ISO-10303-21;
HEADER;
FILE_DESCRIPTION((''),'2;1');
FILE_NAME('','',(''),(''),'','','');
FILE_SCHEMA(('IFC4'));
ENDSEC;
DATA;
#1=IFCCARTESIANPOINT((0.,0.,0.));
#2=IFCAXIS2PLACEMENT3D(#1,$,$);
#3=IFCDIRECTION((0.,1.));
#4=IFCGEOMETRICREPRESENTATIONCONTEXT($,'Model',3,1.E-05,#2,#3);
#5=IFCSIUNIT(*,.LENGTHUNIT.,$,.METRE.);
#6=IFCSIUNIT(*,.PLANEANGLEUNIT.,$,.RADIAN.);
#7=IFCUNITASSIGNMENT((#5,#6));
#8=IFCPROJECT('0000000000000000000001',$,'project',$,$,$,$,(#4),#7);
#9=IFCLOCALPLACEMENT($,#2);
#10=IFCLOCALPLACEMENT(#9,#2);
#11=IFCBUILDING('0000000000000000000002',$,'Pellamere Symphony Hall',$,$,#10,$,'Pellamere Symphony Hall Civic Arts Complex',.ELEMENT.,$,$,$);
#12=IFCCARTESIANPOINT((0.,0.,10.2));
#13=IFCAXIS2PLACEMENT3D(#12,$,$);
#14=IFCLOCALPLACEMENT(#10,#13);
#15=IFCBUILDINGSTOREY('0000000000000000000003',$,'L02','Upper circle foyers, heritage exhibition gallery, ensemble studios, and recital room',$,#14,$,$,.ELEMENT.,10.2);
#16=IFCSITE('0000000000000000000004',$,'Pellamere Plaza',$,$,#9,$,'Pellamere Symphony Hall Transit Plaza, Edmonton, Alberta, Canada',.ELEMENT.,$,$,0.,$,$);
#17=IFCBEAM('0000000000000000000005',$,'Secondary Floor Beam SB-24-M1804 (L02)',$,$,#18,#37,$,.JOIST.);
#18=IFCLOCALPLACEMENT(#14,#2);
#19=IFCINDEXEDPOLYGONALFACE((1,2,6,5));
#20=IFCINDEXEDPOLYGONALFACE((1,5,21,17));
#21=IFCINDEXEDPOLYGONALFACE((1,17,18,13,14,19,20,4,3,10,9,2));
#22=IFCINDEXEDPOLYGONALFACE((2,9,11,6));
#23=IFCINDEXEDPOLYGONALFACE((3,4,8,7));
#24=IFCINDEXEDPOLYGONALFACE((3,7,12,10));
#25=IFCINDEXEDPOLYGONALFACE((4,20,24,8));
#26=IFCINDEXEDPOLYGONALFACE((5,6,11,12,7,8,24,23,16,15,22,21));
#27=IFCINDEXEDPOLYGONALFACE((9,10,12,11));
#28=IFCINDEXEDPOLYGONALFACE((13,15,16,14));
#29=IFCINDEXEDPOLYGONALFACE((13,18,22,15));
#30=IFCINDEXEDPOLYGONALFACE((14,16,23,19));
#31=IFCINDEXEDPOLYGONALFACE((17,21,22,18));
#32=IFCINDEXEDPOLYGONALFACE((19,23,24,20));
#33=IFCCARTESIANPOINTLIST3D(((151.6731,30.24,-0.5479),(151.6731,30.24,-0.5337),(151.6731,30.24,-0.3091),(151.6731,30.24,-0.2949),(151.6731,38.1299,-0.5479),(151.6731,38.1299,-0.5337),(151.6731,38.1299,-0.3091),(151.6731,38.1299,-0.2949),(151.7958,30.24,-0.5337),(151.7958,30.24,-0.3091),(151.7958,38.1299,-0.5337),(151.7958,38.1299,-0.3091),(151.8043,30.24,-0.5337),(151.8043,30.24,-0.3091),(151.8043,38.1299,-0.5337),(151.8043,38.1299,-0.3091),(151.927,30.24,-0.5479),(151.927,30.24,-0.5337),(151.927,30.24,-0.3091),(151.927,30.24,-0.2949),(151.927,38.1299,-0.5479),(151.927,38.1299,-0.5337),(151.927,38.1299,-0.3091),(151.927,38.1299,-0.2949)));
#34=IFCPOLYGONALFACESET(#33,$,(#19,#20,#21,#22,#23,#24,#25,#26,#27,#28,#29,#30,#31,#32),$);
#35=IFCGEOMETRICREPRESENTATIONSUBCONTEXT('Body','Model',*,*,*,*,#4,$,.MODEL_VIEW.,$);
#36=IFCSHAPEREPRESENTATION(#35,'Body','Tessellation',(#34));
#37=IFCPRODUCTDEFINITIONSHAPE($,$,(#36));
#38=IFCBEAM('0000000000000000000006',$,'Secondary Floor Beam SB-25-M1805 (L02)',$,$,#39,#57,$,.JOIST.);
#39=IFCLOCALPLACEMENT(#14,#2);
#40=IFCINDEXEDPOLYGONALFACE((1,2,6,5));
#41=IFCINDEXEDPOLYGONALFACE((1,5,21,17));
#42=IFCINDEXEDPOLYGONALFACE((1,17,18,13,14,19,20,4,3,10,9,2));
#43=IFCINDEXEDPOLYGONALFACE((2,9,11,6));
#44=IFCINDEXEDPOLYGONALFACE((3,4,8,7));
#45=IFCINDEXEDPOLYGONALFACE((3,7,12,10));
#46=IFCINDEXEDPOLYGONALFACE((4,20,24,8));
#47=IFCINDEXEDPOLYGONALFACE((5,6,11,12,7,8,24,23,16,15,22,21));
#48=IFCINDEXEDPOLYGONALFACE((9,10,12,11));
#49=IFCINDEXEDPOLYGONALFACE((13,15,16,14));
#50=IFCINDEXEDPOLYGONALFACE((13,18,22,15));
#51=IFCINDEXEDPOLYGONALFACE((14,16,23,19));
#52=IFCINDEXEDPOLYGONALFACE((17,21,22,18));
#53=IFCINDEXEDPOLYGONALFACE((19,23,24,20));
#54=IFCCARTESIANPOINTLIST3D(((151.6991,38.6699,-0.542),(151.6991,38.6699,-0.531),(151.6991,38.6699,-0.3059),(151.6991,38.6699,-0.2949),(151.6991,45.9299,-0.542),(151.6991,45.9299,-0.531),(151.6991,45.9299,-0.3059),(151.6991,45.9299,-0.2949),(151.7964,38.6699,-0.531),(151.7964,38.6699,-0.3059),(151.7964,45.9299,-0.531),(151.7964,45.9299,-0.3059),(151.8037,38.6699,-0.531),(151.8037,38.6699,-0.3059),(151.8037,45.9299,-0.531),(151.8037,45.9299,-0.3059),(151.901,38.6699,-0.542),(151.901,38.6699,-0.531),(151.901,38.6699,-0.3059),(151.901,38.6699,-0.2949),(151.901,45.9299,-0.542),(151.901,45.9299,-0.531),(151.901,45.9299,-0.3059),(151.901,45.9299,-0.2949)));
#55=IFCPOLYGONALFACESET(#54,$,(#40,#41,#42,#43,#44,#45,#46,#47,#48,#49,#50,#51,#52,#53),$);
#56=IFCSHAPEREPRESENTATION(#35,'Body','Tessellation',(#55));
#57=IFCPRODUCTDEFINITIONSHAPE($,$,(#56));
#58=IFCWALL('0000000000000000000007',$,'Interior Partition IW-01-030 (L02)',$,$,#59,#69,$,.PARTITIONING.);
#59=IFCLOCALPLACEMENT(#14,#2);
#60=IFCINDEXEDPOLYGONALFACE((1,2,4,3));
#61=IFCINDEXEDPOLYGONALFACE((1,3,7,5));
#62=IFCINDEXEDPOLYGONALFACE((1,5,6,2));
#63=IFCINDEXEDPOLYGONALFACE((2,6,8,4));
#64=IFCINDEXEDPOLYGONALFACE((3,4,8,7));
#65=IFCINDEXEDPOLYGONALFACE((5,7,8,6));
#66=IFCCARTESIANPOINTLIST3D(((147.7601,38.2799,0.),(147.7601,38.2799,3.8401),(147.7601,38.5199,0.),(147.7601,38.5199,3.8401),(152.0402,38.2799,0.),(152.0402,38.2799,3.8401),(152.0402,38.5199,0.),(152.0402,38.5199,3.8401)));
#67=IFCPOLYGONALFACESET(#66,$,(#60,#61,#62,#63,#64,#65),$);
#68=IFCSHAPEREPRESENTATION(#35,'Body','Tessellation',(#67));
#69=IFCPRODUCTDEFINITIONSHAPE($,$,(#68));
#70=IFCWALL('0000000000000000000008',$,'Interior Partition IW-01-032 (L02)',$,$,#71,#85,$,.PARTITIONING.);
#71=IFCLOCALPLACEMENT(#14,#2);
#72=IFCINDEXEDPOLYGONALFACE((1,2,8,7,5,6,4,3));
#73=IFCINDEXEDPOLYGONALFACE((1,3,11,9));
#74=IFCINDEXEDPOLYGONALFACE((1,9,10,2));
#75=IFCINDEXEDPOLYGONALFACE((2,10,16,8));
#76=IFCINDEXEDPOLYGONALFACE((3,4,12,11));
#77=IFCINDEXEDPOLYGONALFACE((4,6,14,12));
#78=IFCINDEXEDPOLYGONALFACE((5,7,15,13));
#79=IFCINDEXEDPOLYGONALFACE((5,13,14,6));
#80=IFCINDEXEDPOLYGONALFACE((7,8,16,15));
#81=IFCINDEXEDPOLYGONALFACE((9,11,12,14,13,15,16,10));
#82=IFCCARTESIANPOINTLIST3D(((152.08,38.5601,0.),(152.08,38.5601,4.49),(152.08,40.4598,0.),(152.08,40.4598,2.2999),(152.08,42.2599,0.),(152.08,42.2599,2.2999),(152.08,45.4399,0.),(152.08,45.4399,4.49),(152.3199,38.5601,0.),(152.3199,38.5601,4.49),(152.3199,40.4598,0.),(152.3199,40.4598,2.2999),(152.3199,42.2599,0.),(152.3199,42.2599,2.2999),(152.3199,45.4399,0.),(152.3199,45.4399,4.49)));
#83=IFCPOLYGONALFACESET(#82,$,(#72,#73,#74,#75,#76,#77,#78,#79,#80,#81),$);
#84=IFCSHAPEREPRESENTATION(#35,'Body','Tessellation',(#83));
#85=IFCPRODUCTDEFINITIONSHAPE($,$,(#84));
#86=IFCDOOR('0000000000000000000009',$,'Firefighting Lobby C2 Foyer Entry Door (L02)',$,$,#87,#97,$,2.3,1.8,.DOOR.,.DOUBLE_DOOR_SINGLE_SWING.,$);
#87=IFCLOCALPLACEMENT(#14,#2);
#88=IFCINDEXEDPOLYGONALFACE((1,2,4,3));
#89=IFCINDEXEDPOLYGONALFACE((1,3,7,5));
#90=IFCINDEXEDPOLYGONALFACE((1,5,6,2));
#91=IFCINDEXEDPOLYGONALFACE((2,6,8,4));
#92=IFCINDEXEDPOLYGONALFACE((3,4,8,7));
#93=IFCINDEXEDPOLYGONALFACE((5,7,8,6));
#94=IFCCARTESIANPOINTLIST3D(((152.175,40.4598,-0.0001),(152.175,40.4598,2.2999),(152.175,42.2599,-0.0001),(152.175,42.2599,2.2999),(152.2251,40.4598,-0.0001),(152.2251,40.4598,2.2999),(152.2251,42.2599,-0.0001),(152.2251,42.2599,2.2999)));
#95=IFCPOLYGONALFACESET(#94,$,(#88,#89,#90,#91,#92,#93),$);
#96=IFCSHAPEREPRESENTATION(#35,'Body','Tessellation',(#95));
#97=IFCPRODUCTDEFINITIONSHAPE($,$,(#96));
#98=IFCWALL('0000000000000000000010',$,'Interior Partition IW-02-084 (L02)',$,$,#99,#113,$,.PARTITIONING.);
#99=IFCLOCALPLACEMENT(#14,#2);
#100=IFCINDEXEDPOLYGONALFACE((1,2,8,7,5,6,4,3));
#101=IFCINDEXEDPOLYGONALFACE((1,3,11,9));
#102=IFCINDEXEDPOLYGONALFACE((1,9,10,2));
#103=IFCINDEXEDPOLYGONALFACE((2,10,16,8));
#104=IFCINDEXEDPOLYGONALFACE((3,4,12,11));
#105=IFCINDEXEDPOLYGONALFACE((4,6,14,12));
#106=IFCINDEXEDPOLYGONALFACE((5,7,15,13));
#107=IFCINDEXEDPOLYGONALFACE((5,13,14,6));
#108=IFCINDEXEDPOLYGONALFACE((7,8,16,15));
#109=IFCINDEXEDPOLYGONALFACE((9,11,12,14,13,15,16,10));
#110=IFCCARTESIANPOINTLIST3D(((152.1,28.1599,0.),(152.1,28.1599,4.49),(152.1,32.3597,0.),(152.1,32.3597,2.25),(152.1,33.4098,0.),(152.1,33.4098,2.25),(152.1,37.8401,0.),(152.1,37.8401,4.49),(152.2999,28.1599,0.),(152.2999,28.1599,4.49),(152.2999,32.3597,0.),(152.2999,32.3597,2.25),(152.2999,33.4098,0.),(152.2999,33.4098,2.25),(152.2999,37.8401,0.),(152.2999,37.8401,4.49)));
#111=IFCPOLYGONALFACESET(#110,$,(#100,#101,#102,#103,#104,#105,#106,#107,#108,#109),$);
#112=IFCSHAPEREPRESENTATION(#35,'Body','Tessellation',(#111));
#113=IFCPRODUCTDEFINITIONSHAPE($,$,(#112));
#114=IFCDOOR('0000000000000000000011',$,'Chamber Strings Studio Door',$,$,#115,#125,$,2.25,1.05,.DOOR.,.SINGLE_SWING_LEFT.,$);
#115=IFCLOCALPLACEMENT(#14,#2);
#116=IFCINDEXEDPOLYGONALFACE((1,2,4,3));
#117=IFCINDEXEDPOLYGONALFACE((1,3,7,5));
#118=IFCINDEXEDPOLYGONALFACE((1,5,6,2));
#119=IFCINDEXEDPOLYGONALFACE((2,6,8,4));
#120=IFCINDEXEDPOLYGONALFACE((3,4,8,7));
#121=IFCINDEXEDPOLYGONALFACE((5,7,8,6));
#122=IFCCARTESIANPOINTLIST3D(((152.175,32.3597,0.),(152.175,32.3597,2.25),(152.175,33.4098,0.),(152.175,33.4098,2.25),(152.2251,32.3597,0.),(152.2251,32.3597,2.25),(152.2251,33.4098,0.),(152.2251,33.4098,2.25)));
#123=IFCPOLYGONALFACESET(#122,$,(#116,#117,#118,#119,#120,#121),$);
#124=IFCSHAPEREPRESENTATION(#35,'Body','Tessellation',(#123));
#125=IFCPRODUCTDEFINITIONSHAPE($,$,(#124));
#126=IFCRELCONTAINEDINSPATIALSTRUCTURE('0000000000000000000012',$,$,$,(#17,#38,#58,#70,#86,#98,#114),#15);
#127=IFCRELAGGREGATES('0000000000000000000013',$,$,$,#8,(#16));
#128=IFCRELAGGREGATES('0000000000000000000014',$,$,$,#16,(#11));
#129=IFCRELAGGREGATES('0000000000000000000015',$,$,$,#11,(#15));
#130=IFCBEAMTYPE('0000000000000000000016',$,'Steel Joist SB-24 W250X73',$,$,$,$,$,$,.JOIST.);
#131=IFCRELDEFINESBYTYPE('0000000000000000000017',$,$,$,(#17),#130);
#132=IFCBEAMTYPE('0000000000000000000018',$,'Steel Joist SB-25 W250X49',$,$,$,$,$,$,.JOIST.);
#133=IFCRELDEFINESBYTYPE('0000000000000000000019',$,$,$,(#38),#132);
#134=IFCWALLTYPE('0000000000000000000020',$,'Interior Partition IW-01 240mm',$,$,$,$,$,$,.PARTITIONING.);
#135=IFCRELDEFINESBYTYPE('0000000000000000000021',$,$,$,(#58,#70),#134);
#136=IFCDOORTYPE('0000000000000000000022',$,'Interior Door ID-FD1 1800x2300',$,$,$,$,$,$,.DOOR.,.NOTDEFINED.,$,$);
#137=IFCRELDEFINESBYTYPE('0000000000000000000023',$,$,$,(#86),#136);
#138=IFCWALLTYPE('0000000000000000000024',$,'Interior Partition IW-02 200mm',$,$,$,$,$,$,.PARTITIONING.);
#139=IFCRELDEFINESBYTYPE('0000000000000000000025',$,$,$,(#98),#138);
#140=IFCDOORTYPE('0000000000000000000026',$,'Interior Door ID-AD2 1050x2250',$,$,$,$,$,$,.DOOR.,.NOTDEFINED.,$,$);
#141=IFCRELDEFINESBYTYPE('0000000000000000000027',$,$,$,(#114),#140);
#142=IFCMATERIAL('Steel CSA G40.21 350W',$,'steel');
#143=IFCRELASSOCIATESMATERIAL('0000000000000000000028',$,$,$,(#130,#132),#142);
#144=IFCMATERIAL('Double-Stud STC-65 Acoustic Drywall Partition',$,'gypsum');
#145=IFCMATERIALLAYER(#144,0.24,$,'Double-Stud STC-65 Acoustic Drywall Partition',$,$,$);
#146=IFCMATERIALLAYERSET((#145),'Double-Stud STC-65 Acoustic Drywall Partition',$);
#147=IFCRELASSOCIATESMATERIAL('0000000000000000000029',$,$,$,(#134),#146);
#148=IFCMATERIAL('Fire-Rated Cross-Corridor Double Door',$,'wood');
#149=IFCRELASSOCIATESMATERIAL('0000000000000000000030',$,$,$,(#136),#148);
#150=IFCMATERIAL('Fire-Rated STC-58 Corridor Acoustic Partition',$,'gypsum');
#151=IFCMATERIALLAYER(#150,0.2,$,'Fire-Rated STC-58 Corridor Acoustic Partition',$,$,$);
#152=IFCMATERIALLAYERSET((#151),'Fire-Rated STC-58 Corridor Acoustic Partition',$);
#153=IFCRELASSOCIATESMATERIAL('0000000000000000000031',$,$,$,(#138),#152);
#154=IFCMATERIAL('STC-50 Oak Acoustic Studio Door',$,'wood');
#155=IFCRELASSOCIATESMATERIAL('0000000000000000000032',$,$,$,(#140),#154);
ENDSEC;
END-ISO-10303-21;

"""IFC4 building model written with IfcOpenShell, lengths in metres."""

from ifc_helpers import new_model, si_unit, direction, frame, frame_2d, origin, origin_2d, place, context, subcontext, project, spatial, rectangle, i_section, extrude, material, layer, layer_set, material_profile, profile_set, type_object, element, fill, save


model = new_model("IFC4")

# Units and contexts
model_context = context("Model", 3, precision=1e-05, world=origin(), true_north=direction((0.0, 1.0)))
body_context = subcontext(model_context, "Body", "Model", "MODEL_VIEW")
ifc_project = project(units=[si_unit("LENGTHUNIT", "METRE"), si_unit("PLANEANGLEUNIT", "RADIAN")], contexts=[model_context])

# Site, building, storey
site_placement = place(None, origin())
site = spatial("IfcSite", under=ifc_project, at=site_placement, Name="Pellamere Plaza", LongName="Pellamere Symphony Hall Transit Plaza, Edmonton, Alberta, Canada", CompositionType="ELEMENT", RefElevation=0.0)
building_placement = place(site_placement, origin())
building = spatial("IfcBuilding", under=site, at=building_placement, Name="Pellamere Symphony Hall", LongName="Pellamere Symphony Hall Civic Arts Complex", CompositionType="ELEMENT")
storey_placement = place(building_placement, frame((0.0, 0.0, 10.2)))
storey = spatial("IfcBuildingStorey", under=building, at=storey_placement, Name="L02", Description="Upper circle foyers, heritage exhibition gallery, ensemble studios, and recital room", CompositionType="ELEMENT", Elevation=10.2)

# Beams
ifc_material_1 = material(Name="Steel CSA G40.21 350W", Category="steel")
ifc_material_profile_1 = material_profile(ifc_material_1, i_section(OverallWidth=0.2539, OverallDepth=0.2529, WebThickness=0.0085, FlangeThickness=0.0142, at=origin_2d()), Name="W250X73")
ifc_profile_set_1 = profile_set([ifc_material_profile_1], Name="Steel CSA G40.21 350W")
beam_type_1 = type_object("IfcBeamType", Name="Steel Joist SB-24 W250X73", PredefinedType="JOIST", material=ifc_profile_set_1)
beam_1_placement = place(storey_placement, frame((151.8, 30.24, -0.4214), z_axis=(0.0, 1.0, 0.0), x_axis=(-1.0, 0.0, 0.0)))
element("IfcBeam", 1, at=beam_1_placement, inside=storey, type_object=beam_type_1, Name="Secondary Floor Beam SB-24-M1804 (L02)", PredefinedType="JOIST", context=body_context, shape_type="SweptSolid", body=[
    extrude(i_section(OverallWidth=0.2539, OverallDepth=0.2529, WebThickness=0.0085, FlangeThickness=0.0142, at=origin_2d()), origin(), (0.0, 0.0, 1.0), 7.8899),
])
ifc_material_profile_2 = material_profile(ifc_material_1, i_section(OverallWidth=0.2019, OverallDepth=0.2471, WebThickness=0.0073, FlangeThickness=0.011, at=origin_2d()), Name="W250X49")
ifc_profile_set_2 = profile_set([ifc_material_profile_2], Name="Steel CSA G40.21 350W")
beam_type_2 = type_object("IfcBeamType", Name="Steel Joist SB-25 W250X49", PredefinedType="JOIST", material=ifc_profile_set_2)
beam_2_placement = place(storey_placement, frame((151.8, 38.6699, -0.4185), z_axis=(0.0, 1.0, 0.0), x_axis=(-1.0, 0.0, 0.0)))
element("IfcBeam", 2, at=beam_2_placement, inside=storey, type_object=beam_type_2, Name="Secondary Floor Beam SB-25-M1805 (L02)", PredefinedType="JOIST", context=body_context, shape_type="SweptSolid", body=[
    extrude(i_section(OverallWidth=0.2019, OverallDepth=0.2471, WebThickness=0.0073, FlangeThickness=0.011, at=origin_2d()), origin(), (0.0, 0.0, 1.0), 7.26),
])

# Wall
ifc_material_2 = material(Name="Double-Stud STC-65 Acoustic Drywall Partition", Category="gypsum")
ifc_layer_1 = layer(ifc_material_2, 0.24, Name="Double-Stud STC-65 Acoustic Drywall Partition")
ifc_layer_set_1 = layer_set([ifc_layer_1], Name="Double-Stud STC-65 Acoustic Drywall Partition")
wall_type_1 = type_object("IfcWallType", Name="Interior Partition IW-01 240mm", PredefinedType="PARTITIONING", material=ifc_layer_set_1)
wall_1_placement = place(storey_placement, frame((147.76, 38.3999, 0.0), z_axis=(0.0, 0.0, 1.0), x_axis=(1.0, 0.0, 0.0)))
element("IfcWall", 3, at=wall_1_placement, inside=storey, type_object=wall_type_1, Name="Interior Partition IW-01-030 (L02)", PredefinedType="PARTITIONING", context=body_context, shape_type="SweptSolid", body=[
    extrude(rectangle(XDim=4.28, YDim=0.24, at=frame_2d((2.1401, 0.0))), origin(), (0.0, 0.0, 1.0), 3.8401),
])

# Walls, openings, doors
wall_2_placement = place(storey_placement, frame((152.2, 38.5601, 0.0), z_axis=(0.0, 0.0, 1.0), x_axis=(0.0, 1.0, 0.0)))
wall_2 = element("IfcWall", 4, at=wall_2_placement, inside=storey, type_object=wall_type_1, Name="Interior Partition IW-01-032 (L02)", PredefinedType="PARTITIONING", context=body_context, shape_type="SweptSolid", body=[
    extrude(rectangle(XDim=6.8799, YDim=0.24, at=frame_2d((3.4399, 0.0))), origin(), (0.0, 0.0, 1.0), 4.49),
])
opening_1_placement = place(wall_2_placement, frame((1.8999, 0.0, 0.0)))
opening_1 = element("IfcOpeningElement", 5, at=opening_1_placement, cuts=wall_2, PredefinedType="OPENING", context=body_context, shape_type="SweptSolid", body=[
    extrude(rectangle(XDim=1.8, YDim=2.3, at=frame_2d((0.8999, 1.1499))), frame((0.0, 0.1299, 0.0), z_axis=(0.0, -1.0, 0.0), x_axis=(1.0, 0.0, 0.0)), (0.0, 0.0, 1.0), 0.26),
])
ifc_material_3 = material(Name="Fire-Rated Cross-Corridor Double Door", Category="wood")
door_type_1 = type_object("IfcDoorType", Name="Interior Door ID-FD1 1800x2300", OperationType="NOTDEFINED", PredefinedType="DOOR", material=ifc_material_3)
door_1_placement = place(opening_1_placement, origin())
door_1 = element("IfcDoor", 6, at=door_1_placement, inside=storey, type_object=door_type_1, Name="Firefighting Lobby C2 Foyer Entry Door (L02)", OperationType="DOUBLE_DOOR_SINGLE_SWING", OverallHeight=2.3, OverallWidth=1.8, PredefinedType="DOOR", context=body_context, shape_type="SweptSolid", body=[
    extrude(rectangle(XDim=1.8, YDim=2.3, at=frame_2d((0.8999, 1.1499))), frame((0.0, 0.0249, 0.0), z_axis=(0.0, -1.0, 0.0), x_axis=(1.0, 0.0, 0.0)), (0.0, 0.0, 1.0), 0.05),
])
fill(opening_1, door_1)
ifc_material_4 = material(Name="Fire-Rated STC-58 Corridor Acoustic Partition", Category="gypsum")
ifc_layer_2 = layer(ifc_material_4, 0.2, Name="Fire-Rated STC-58 Corridor Acoustic Partition")
ifc_layer_set_2 = layer_set([ifc_layer_2], Name="Fire-Rated STC-58 Corridor Acoustic Partition")
wall_type_2 = type_object("IfcWallType", Name="Interior Partition IW-02 200mm", PredefinedType="PARTITIONING", material=ifc_layer_set_2)
wall_3_placement = place(storey_placement, frame((152.2, 28.1599, 0.0), z_axis=(0.0, 0.0, 1.0), x_axis=(0.0, 1.0, 0.0)))
wall_3 = element("IfcWall", 7, at=wall_3_placement, inside=storey, type_object=wall_type_2, Name="Interior Partition IW-02-084 (L02)", PredefinedType="PARTITIONING", context=body_context, shape_type="SweptSolid", body=[
    extrude(rectangle(XDim=9.6802, YDim=0.2, at=frame_2d((4.8401, 0.0))), origin(), (0.0, 0.0, 1.0), 4.49),
])
opening_2_placement = place(wall_3_placement, frame((4.2, 0.0, 0.0)))
opening_2 = element("IfcOpeningElement", 8, at=opening_2_placement, cuts=wall_3, PredefinedType="OPENING", context=body_context, shape_type="SweptSolid", body=[
    extrude(rectangle(XDim=1.05, YDim=2.25, at=frame_2d((0.5249, 1.125))), frame((0.0, 0.1099, 0.0), z_axis=(0.0, -1.0, 0.0), x_axis=(1.0, 0.0, 0.0)), (0.0, 0.0, 1.0), 0.22),
])
ifc_material_5 = material(Name="STC-50 Oak Acoustic Studio Door", Category="wood")
door_type_2 = type_object("IfcDoorType", Name="Interior Door ID-AD2 1050x2250", OperationType="NOTDEFINED", PredefinedType="DOOR", material=ifc_material_5)
door_2_placement = place(opening_2_placement, origin())
door_2 = element("IfcDoor", 9, at=door_2_placement, inside=storey, type_object=door_type_2, Name="Chamber Strings Studio Door", OperationType="SINGLE_SWING_LEFT", OverallHeight=2.25, OverallWidth=1.05, PredefinedType="DOOR", context=body_context, shape_type="SweptSolid", body=[
    extrude(rectangle(XDim=1.05, YDim=2.25, at=frame_2d((0.5249, 1.125))), frame((0.0, 0.0249, 0.0), z_axis=(0.0, -1.0, 0.0), x_axis=(1.0, 0.0, 0.0)), (0.0, 0.0, 1.0), 0.05),
])
fill(opening_2, door_2)

save(model, "model.ifc")
